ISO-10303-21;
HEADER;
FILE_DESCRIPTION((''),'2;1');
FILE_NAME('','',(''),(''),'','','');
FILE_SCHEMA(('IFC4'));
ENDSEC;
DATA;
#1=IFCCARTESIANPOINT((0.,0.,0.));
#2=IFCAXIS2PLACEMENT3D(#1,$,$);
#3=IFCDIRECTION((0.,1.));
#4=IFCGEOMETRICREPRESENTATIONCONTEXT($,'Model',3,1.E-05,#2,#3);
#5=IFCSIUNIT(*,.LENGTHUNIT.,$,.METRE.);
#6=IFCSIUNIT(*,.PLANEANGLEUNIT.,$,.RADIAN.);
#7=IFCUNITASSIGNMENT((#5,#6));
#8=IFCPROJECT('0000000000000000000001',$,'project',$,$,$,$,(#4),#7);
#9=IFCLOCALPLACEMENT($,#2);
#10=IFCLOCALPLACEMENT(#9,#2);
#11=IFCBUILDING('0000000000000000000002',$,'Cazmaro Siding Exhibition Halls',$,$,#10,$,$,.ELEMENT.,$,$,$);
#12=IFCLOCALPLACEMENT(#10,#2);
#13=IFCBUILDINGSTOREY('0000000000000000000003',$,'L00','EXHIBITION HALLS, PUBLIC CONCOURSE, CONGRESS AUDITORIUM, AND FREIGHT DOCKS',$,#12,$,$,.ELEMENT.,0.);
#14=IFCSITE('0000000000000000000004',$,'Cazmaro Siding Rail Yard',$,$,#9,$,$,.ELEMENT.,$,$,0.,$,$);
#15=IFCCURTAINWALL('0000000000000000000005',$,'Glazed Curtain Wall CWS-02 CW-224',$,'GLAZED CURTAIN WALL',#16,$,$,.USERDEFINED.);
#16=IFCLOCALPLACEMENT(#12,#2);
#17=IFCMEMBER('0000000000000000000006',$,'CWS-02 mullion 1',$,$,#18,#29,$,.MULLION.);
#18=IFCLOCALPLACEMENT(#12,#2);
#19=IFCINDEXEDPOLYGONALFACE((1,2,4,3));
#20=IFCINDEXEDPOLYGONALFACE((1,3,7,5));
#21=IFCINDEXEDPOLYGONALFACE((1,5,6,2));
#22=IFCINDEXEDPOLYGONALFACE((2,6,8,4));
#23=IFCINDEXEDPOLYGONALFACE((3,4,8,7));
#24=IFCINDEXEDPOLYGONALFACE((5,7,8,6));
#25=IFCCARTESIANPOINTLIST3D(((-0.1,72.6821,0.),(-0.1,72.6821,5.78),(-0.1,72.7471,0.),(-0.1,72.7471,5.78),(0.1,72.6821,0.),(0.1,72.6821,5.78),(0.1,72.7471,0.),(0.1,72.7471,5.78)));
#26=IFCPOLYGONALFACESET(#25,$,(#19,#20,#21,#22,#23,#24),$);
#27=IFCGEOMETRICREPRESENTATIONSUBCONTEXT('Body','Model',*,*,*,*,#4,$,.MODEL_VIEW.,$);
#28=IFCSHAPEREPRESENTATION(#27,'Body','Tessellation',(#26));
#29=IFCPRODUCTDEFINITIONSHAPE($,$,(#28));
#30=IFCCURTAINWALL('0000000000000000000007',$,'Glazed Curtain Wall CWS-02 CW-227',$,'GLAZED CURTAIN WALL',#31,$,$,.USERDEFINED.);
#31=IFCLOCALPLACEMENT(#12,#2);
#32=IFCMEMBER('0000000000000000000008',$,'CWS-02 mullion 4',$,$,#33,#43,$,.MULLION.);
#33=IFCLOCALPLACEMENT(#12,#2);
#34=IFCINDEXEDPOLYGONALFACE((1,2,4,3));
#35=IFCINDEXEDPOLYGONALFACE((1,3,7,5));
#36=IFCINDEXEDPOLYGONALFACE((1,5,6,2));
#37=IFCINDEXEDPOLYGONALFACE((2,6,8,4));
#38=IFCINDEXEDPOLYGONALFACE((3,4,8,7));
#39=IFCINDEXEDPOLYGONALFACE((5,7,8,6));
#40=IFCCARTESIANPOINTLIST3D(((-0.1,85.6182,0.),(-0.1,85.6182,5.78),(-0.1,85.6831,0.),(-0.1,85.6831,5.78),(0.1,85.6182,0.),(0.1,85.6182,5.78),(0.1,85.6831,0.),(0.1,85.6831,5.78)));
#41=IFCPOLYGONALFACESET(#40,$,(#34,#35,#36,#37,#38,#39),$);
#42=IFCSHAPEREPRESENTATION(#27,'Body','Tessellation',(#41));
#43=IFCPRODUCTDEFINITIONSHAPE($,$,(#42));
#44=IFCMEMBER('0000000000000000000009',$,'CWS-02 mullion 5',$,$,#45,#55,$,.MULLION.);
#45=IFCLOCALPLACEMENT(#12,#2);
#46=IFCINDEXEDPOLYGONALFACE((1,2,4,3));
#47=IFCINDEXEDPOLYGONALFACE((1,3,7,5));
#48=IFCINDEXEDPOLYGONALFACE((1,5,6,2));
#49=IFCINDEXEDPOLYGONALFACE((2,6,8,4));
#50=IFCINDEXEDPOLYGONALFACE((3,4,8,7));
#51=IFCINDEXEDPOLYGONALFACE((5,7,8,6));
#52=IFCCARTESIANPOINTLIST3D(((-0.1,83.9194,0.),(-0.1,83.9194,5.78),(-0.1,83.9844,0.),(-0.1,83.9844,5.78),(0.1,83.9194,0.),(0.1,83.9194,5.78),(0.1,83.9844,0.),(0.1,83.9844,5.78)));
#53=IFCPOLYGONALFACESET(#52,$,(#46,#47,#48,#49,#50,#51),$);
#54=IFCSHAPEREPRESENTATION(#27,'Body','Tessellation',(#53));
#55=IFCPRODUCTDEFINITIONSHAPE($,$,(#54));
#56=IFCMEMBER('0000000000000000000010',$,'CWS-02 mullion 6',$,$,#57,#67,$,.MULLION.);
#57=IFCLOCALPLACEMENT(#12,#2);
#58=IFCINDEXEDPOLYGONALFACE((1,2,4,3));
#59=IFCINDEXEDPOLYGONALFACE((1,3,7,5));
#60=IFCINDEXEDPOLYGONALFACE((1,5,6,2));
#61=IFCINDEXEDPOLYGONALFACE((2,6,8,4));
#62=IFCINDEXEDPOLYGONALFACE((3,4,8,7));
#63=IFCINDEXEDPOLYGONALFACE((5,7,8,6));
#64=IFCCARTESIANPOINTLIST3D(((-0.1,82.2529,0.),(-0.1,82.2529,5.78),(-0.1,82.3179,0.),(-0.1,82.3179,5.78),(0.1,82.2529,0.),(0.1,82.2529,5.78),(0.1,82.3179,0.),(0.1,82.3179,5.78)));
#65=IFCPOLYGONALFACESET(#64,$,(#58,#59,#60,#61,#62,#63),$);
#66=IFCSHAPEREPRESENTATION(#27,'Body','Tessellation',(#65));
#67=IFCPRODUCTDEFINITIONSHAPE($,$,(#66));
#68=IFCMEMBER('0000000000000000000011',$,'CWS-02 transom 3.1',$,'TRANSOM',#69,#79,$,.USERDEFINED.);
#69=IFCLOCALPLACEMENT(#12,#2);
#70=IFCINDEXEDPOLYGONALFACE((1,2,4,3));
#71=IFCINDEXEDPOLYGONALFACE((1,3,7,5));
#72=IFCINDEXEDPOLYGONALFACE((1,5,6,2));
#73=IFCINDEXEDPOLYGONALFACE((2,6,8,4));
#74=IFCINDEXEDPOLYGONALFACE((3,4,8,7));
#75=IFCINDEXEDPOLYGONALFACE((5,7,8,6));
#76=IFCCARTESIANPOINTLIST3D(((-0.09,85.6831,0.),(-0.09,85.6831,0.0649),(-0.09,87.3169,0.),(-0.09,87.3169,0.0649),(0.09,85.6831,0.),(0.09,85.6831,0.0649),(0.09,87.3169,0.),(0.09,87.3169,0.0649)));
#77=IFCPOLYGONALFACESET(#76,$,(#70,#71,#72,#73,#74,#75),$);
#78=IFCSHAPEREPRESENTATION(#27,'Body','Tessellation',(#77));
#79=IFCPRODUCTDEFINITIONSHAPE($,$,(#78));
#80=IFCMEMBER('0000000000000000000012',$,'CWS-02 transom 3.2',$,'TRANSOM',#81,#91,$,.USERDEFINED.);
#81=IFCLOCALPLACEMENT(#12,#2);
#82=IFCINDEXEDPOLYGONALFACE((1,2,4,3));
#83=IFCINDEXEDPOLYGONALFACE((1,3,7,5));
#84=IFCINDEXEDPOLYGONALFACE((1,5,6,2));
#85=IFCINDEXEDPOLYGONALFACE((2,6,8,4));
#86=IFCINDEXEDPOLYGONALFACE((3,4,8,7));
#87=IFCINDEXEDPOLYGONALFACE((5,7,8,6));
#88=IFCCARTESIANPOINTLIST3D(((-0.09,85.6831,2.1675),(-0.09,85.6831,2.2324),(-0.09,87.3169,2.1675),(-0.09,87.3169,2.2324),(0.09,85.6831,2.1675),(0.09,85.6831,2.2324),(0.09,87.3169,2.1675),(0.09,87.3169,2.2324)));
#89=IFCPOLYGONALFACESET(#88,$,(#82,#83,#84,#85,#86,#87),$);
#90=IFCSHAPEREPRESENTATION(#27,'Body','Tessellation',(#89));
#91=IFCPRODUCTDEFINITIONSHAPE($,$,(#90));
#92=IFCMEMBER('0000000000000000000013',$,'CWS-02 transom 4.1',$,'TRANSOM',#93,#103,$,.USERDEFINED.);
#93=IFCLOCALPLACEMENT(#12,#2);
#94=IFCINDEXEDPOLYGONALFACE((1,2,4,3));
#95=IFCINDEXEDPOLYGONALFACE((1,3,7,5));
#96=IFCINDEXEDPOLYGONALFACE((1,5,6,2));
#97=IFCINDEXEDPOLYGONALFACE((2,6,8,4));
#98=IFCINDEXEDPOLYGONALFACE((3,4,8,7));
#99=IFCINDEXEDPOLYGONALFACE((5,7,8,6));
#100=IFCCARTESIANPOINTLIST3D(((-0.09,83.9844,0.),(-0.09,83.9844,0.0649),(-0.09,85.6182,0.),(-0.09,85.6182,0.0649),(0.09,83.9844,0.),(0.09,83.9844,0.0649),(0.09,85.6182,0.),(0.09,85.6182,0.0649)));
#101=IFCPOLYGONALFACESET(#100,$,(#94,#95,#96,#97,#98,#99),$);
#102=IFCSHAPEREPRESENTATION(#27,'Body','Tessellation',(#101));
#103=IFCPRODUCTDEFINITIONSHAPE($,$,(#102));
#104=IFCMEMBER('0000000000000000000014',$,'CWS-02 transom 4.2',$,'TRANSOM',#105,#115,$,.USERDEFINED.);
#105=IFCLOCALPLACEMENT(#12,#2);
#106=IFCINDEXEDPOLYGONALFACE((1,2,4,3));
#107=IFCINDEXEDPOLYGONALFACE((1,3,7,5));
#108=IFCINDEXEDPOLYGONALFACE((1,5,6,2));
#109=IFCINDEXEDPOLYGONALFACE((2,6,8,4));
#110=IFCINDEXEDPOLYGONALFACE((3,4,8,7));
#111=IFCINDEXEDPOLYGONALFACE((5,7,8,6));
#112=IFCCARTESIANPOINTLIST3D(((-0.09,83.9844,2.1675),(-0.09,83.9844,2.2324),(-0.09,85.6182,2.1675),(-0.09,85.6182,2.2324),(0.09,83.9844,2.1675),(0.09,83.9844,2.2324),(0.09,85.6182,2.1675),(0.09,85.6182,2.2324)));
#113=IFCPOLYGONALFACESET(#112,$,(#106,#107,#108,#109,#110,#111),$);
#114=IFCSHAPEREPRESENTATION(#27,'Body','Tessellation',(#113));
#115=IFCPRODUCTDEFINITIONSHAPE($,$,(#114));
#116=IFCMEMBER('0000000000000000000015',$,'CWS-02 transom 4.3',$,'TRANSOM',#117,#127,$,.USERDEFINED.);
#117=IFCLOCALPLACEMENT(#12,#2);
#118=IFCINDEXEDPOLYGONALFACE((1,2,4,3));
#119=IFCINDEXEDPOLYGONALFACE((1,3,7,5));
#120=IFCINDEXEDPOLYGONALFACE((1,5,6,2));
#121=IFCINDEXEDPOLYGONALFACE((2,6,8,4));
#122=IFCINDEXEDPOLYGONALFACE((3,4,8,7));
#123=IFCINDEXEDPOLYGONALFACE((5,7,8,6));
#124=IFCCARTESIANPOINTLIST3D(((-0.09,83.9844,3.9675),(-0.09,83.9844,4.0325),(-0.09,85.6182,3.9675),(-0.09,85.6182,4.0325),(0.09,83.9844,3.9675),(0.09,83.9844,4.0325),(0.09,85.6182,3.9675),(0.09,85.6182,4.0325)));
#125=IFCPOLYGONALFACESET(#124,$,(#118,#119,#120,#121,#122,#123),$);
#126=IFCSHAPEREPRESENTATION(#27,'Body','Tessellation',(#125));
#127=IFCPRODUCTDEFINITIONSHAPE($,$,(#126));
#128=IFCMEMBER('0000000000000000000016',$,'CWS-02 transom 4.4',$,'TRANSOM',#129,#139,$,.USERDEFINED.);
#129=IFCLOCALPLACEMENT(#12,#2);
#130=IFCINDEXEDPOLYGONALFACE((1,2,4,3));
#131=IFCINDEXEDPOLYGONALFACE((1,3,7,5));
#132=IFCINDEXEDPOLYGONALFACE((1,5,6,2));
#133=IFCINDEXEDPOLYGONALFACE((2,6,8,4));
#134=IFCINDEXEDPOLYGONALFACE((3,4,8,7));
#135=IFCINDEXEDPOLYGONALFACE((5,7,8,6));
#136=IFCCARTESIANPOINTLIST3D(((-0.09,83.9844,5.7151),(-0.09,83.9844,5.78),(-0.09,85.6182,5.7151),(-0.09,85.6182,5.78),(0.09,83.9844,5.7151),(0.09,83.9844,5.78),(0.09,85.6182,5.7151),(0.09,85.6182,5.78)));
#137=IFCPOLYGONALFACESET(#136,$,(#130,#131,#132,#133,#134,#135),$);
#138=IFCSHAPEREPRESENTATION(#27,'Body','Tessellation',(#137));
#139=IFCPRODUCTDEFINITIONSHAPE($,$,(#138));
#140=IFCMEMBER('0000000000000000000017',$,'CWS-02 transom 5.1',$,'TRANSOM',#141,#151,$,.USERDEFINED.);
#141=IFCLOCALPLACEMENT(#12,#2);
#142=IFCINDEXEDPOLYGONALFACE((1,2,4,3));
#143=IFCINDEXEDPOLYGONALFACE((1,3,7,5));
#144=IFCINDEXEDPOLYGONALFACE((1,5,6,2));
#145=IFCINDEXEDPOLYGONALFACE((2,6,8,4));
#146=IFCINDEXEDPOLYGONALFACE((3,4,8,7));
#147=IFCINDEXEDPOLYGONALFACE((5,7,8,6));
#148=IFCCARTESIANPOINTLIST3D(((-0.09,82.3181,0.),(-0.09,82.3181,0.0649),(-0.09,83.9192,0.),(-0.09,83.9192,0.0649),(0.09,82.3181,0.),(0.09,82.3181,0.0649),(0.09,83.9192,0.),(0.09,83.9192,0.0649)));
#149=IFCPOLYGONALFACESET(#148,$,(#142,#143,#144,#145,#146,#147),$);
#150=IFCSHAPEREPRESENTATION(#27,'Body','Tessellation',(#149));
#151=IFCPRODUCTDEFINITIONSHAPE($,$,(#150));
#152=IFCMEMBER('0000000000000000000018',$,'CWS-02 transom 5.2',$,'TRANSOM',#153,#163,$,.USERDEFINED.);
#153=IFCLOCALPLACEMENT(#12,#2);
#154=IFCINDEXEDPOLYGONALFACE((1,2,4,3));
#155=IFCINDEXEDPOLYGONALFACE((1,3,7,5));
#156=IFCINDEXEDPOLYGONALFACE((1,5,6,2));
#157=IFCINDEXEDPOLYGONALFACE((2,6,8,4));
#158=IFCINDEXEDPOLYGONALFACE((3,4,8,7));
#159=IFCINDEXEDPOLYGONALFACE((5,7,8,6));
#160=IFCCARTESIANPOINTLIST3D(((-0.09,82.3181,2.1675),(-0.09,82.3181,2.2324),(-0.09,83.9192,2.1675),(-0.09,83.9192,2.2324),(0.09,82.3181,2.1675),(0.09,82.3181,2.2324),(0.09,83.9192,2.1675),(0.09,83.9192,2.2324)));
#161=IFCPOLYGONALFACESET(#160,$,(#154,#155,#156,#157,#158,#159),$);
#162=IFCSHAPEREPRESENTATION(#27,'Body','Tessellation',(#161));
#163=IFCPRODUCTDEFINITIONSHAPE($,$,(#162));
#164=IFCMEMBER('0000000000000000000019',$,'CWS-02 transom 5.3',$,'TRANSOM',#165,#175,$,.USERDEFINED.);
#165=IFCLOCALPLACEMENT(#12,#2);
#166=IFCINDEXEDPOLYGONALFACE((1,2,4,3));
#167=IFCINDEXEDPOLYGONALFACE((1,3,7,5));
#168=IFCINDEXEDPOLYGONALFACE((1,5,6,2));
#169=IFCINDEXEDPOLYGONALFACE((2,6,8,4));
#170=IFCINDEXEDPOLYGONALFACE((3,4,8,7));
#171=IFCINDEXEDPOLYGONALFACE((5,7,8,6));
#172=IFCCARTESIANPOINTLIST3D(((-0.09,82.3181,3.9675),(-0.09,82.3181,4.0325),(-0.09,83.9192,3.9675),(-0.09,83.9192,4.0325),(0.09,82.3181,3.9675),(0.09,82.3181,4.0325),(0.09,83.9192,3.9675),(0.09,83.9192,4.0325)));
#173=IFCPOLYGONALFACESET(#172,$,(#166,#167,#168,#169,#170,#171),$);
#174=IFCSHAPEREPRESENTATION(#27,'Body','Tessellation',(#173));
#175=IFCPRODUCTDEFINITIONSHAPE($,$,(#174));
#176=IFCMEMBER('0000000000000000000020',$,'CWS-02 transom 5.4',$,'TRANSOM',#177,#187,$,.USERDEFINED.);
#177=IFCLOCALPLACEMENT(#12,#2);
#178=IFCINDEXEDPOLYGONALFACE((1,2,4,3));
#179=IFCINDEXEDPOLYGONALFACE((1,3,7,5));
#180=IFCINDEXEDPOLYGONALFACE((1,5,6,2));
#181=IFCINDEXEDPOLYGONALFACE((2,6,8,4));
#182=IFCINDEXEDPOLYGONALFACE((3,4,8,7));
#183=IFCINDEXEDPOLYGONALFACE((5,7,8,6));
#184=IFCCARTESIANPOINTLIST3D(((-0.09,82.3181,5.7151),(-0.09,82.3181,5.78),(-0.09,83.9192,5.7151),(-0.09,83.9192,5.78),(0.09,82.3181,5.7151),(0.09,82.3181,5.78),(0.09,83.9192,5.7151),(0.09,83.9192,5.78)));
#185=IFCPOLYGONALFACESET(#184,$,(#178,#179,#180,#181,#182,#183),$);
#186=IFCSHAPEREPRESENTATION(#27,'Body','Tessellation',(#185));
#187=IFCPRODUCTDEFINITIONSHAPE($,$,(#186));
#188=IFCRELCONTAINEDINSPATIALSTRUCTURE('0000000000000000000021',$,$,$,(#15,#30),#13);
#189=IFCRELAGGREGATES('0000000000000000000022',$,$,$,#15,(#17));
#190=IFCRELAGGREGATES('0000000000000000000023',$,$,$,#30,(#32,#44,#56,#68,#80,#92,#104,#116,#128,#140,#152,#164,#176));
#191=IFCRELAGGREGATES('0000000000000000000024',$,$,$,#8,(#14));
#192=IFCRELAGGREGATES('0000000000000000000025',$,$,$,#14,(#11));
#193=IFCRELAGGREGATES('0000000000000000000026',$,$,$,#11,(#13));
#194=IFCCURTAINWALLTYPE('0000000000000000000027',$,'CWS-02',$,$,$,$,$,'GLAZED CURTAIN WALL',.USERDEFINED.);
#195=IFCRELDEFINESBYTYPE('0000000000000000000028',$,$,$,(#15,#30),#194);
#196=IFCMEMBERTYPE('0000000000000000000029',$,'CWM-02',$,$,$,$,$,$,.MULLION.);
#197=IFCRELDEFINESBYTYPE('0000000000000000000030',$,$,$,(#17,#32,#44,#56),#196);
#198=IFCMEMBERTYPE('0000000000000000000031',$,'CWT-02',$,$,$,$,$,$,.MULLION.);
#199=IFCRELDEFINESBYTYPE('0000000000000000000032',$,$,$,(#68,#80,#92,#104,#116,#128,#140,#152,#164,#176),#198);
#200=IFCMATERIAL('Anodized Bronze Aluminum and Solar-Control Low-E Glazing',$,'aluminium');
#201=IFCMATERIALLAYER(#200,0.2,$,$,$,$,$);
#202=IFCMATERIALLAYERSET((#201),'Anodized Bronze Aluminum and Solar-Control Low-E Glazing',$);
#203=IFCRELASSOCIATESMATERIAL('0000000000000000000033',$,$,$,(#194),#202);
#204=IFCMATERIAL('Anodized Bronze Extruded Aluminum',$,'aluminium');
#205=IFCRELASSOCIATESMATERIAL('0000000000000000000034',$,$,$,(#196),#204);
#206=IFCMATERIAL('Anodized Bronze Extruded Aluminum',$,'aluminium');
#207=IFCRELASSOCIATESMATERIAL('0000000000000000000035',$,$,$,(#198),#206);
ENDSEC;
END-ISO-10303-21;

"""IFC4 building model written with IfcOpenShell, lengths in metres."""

from ifc_helpers import new_model, si_unit, direction, frame, origin, origin_2d, place, context, subcontext, project, spatial, rectangle, extrude, material, layer, layer_set, material_profile, profile_set, type_object, element, aggregate, save


model = new_model("IFC4")

# Units and contexts
model_context = context("Model", 3, precision=1e-05, world=origin(), true_north=direction((0.0, 1.0)))
body_context = subcontext(model_context, "Body", "Model", "MODEL_VIEW")
ifc_project = project(units=[si_unit("LENGTHUNIT", "METRE"), si_unit("PLANEANGLEUNIT", "RADIAN")], contexts=[model_context])

# Site, building, storey
site_placement = place(None, origin())
site = spatial("IfcSite", under=ifc_project, at=site_placement, Name="Cazmaro Siding Rail Yard", CompositionType="ELEMENT", RefElevation=0.0)
building_placement = place(site_placement, origin())
building = spatial("IfcBuilding", under=site, at=building_placement, Name="Cazmaro Siding Exhibition Halls", CompositionType="ELEMENT")
storey_placement = place(building_placement, origin())
storey = spatial("IfcBuildingStorey", under=building, at=storey_placement, Name="L00", Description="EXHIBITION HALLS, PUBLIC CONCOURSE, CONGRESS AUDITORIUM, AND FREIGHT DOCKS", CompositionType="ELEMENT", Elevation=0.0)

# Curtain wall, member
ifc_material_1 = material(Name="Anodized Bronze Aluminum and Solar-Control Low-E Glazing", Category="aluminium")
ifc_layer_1 = layer(ifc_material_1, 0.2)
ifc_layer_set_1 = layer_set([ifc_layer_1], Name="Anodized Bronze Aluminum and Solar-Control Low-E Glazing")
curtain_wall_type = type_object("IfcCurtainWallType", Name="CWS-02", ElementType="GLAZED CURTAIN WALL", PredefinedType="USERDEFINED", material=ifc_layer_set_1)
curtain_wall_1_placement = place(storey_placement, origin())
curtain_wall_1 = element("IfcCurtainWall", 1, at=curtain_wall_1_placement, inside=storey, type_object=curtain_wall_type, Name="Glazed Curtain Wall CWS-02 CW-224", ObjectType="GLAZED CURTAIN WALL", PredefinedType="USERDEFINED")
ifc_material_2 = material(Name="Anodized Bronze Extruded Aluminum", Category="aluminium")
ifc_material_profile_1 = material_profile(ifc_material_2, rectangle(XDim=0.2, YDim=0.0649, at=origin_2d()), Name="CWM-02")
ifc_profile_set_1 = profile_set([ifc_material_profile_1], Name="Anodized Bronze Extruded Aluminum")
member_type_1 = type_object("IfcMemberType", Name="CWM-02", PredefinedType="MULLION", material=ifc_profile_set_1)
member_1_placement = place(storey_placement, frame((0.0, 72.7146, 0.0), z_axis=(0.0, 0.0, 1.0), x_axis=(1.0, 0.0, 0.0)))
member_1 = element("IfcMember", 2, at=member_1_placement, type_object=member_type_1, Name="CWS-02 mullion 1", PredefinedType="MULLION", context=body_context, shape_type="SweptSolid", body=[
    extrude(rectangle(XDim=0.2, YDim=0.0649, at=origin_2d()), origin(), (0.0, 0.0, 1.0), 5.78),
])
aggregate(curtain_wall_1, [member_1])

# Curtain wall, members
curtain_wall_2_placement = place(storey_placement, origin())
curtain_wall_2 = element("IfcCurtainWall", 3, at=curtain_wall_2_placement, inside=storey, type_object=curtain_wall_type, Name="Glazed Curtain Wall CWS-02 CW-227", ObjectType="GLAZED CURTAIN WALL", PredefinedType="USERDEFINED")
member_2_placement = place(storey_placement, frame((0.0, 85.6506, 0.0), z_axis=(0.0, 0.0, 1.0), x_axis=(1.0, 0.0, 0.0)))
member_2 = element("IfcMember", 4, at=member_2_placement, type_object=member_type_1, Name="CWS-02 mullion 4", PredefinedType="MULLION", context=body_context, shape_type="SweptSolid", body=[
    extrude(rectangle(XDim=0.2, YDim=0.0649, at=origin_2d()), origin(), (0.0, 0.0, 1.0), 5.78),
])
member_3_placement = place(storey_placement, frame((0.0, 83.9519, 0.0), z_axis=(0.0, 0.0, 1.0), x_axis=(1.0, 0.0, 0.0)))
member_3 = element("IfcMember", 5, at=member_3_placement, type_object=member_type_1, Name="CWS-02 mullion 5", PredefinedType="MULLION", context=body_context, shape_type="SweptSolid", body=[
    extrude(rectangle(XDim=0.2, YDim=0.0649, at=origin_2d()), origin(), (0.0, 0.0, 1.0), 5.78),
])
member_4_placement = place(storey_placement, frame((0.0, 82.2854, 0.0), z_axis=(0.0, 0.0, 1.0), x_axis=(1.0, 0.0, 0.0)))
member_4 = element("IfcMember", 6, at=member_4_placement, type_object=member_type_1, Name="CWS-02 mullion 6", PredefinedType="MULLION", context=body_context, shape_type="SweptSolid", body=[
    extrude(rectangle(XDim=0.2, YDim=0.0649, at=origin_2d()), origin(), (0.0, 0.0, 1.0), 5.78),
])
ifc_material_3 = material(Name="Anodized Bronze Extruded Aluminum", Category="aluminium")
ifc_material_profile_2 = material_profile(ifc_material_3, rectangle(XDim=0.1799, YDim=0.0649, at=origin_2d()), Name="CWT-02")
ifc_profile_set_2 = profile_set([ifc_material_profile_2], Name="Anodized Bronze Extruded Aluminum")
member_type_2 = type_object("IfcMemberType", Name="CWT-02", PredefinedType="MULLION", material=ifc_profile_set_2)
member_5_placement = place(storey_placement, frame((0.0, 87.3169, 0.0325), z_axis=(0.0, -1.0, 0.0), x_axis=(1.0, 0.0, 0.0)))
member_5 = element("IfcMember", 7, at=member_5_placement, type_object=member_type_2, Name="CWS-02 transom 3.1", ObjectType="TRANSOM", PredefinedType="USERDEFINED", context=body_context, shape_type="SweptSolid", body=[
    extrude(rectangle(XDim=0.1799, YDim=0.0649, at=origin_2d()), origin(), (0.0, 0.0, 1.0), 1.6338),
])
member_6_placement = place(storey_placement, frame((0.0, 87.3169, 2.2), z_axis=(0.0, -1.0, 0.0), x_axis=(1.0, 0.0, 0.0)))
member_6 = element("IfcMember", 8, at=member_6_placement, type_object=member_type_2, Name="CWS-02 transom 3.2", ObjectType="TRANSOM", PredefinedType="USERDEFINED", context=body_context, shape_type="SweptSolid", body=[
    extrude(rectangle(XDim=0.1799, YDim=0.0649, at=origin_2d()), origin(), (0.0, 0.0, 1.0), 1.6338),
])
member_7_placement = place(storey_placement, frame((0.0, 85.6182, 0.0325), z_axis=(0.0, -1.0, 0.0), x_axis=(1.0, 0.0, 0.0)))
member_7 = element("IfcMember", 9, at=member_7_placement, type_object=member_type_2, Name="CWS-02 transom 4.1", ObjectType="TRANSOM", PredefinedType="USERDEFINED", context=body_context, shape_type="SweptSolid", body=[
    extrude(rectangle(XDim=0.1799, YDim=0.0649, at=origin_2d()), origin(), (0.0, 0.0, 1.0), 1.6338),
])
member_8_placement = place(storey_placement, frame((0.0, 85.6182, 2.2), z_axis=(0.0, -1.0, 0.0), x_axis=(1.0, 0.0, 0.0)))
member_8 = element("IfcMember", 10, at=member_8_placement, type_object=member_type_2, Name="CWS-02 transom 4.2", ObjectType="TRANSOM", PredefinedType="USERDEFINED", context=body_context, shape_type="SweptSolid", body=[
    extrude(rectangle(XDim=0.1799, YDim=0.0649, at=origin_2d()), origin(), (0.0, 0.0, 1.0), 1.6338),
])
member_9_placement = place(storey_placement, frame((0.0, 85.6182, 4.0), z_axis=(0.0, -1.0, 0.0), x_axis=(1.0, 0.0, 0.0)))
member_9 = element("IfcMember", 11, at=member_9_placement, type_object=member_type_2, Name="CWS-02 transom 4.3", ObjectType="TRANSOM", PredefinedType="USERDEFINED", context=body_context, shape_type="SweptSolid", body=[
    extrude(rectangle(XDim=0.1799, YDim=0.0649, at=origin_2d()), origin(), (0.0, 0.0, 1.0), 1.6338),
])
member_10_placement = place(storey_placement, frame((0.0, 85.6182, 5.7476), z_axis=(0.0, -1.0, 0.0), x_axis=(1.0, 0.0, 0.0)))
member_10 = element("IfcMember", 12, at=member_10_placement, type_object=member_type_2, Name="CWS-02 transom 4.4", ObjectType="TRANSOM", PredefinedType="USERDEFINED", context=body_context, shape_type="SweptSolid", body=[
    extrude(rectangle(XDim=0.1799, YDim=0.0649, at=origin_2d()), origin(), (0.0, 0.0, 1.0), 1.6338),
])
member_11_placement = place(storey_placement, frame((0.0, 83.9192, 0.0325), z_axis=(0.0, -1.0, 0.0), x_axis=(1.0, 0.0, 0.0)))
member_11 = element("IfcMember", 13, at=member_11_placement, type_object=member_type_2, Name="CWS-02 transom 5.1", ObjectType="TRANSOM", PredefinedType="USERDEFINED", context=body_context, shape_type="SweptSolid", body=[
    extrude(rectangle(XDim=0.1799, YDim=0.0649, at=origin_2d()), origin(), (0.0, 0.0, 1.0), 1.6011),
])
member_12_placement = place(storey_placement, frame((0.0, 83.9192, 2.2), z_axis=(0.0, -1.0, 0.0), x_axis=(1.0, 0.0, 0.0)))
member_12 = element("IfcMember", 14, at=member_12_placement, type_object=member_type_2, Name="CWS-02 transom 5.2", ObjectType="TRANSOM", PredefinedType="USERDEFINED", context=body_context, shape_type="SweptSolid", body=[
    extrude(rectangle(XDim=0.1799, YDim=0.0649, at=origin_2d()), origin(), (0.0, 0.0, 1.0), 1.6011),
])
member_13_placement = place(storey_placement, frame((0.0, 83.9192, 4.0), z_axis=(0.0, -1.0, 0.0), x_axis=(1.0, 0.0, 0.0)))
member_13 = element("IfcMember", 15, at=member_13_placement, type_object=member_type_2, Name="CWS-02 transom 5.3", ObjectType="TRANSOM", PredefinedType="USERDEFINED", context=body_context, shape_type="SweptSolid", body=[
    extrude(rectangle(XDim=0.1799, YDim=0.0649, at=origin_2d()), origin(), (0.0, 0.0, 1.0), 1.6011),
])
member_14_placement = place(storey_placement, frame((0.0, 83.9192, 5.7476), z_axis=(0.0, -1.0, 0.0), x_axis=(1.0, 0.0, 0.0)))
member_14 = element("IfcMember", 16, at=member_14_placement, type_object=member_type_2, Name="CWS-02 transom 5.4", ObjectType="TRANSOM", PredefinedType="USERDEFINED", context=body_context, shape_type="SweptSolid", body=[
    extrude(rectangle(XDim=0.1799, YDim=0.0649, at=origin_2d()), origin(), (0.0, 0.0, 1.0), 1.6011),
])
aggregate(curtain_wall_2, [member_2, member_3, member_4, member_5, member_6, member_7, member_8, member_9, member_10, member_11, member_12, member_13, member_14])

save(model, "model.ifc")
